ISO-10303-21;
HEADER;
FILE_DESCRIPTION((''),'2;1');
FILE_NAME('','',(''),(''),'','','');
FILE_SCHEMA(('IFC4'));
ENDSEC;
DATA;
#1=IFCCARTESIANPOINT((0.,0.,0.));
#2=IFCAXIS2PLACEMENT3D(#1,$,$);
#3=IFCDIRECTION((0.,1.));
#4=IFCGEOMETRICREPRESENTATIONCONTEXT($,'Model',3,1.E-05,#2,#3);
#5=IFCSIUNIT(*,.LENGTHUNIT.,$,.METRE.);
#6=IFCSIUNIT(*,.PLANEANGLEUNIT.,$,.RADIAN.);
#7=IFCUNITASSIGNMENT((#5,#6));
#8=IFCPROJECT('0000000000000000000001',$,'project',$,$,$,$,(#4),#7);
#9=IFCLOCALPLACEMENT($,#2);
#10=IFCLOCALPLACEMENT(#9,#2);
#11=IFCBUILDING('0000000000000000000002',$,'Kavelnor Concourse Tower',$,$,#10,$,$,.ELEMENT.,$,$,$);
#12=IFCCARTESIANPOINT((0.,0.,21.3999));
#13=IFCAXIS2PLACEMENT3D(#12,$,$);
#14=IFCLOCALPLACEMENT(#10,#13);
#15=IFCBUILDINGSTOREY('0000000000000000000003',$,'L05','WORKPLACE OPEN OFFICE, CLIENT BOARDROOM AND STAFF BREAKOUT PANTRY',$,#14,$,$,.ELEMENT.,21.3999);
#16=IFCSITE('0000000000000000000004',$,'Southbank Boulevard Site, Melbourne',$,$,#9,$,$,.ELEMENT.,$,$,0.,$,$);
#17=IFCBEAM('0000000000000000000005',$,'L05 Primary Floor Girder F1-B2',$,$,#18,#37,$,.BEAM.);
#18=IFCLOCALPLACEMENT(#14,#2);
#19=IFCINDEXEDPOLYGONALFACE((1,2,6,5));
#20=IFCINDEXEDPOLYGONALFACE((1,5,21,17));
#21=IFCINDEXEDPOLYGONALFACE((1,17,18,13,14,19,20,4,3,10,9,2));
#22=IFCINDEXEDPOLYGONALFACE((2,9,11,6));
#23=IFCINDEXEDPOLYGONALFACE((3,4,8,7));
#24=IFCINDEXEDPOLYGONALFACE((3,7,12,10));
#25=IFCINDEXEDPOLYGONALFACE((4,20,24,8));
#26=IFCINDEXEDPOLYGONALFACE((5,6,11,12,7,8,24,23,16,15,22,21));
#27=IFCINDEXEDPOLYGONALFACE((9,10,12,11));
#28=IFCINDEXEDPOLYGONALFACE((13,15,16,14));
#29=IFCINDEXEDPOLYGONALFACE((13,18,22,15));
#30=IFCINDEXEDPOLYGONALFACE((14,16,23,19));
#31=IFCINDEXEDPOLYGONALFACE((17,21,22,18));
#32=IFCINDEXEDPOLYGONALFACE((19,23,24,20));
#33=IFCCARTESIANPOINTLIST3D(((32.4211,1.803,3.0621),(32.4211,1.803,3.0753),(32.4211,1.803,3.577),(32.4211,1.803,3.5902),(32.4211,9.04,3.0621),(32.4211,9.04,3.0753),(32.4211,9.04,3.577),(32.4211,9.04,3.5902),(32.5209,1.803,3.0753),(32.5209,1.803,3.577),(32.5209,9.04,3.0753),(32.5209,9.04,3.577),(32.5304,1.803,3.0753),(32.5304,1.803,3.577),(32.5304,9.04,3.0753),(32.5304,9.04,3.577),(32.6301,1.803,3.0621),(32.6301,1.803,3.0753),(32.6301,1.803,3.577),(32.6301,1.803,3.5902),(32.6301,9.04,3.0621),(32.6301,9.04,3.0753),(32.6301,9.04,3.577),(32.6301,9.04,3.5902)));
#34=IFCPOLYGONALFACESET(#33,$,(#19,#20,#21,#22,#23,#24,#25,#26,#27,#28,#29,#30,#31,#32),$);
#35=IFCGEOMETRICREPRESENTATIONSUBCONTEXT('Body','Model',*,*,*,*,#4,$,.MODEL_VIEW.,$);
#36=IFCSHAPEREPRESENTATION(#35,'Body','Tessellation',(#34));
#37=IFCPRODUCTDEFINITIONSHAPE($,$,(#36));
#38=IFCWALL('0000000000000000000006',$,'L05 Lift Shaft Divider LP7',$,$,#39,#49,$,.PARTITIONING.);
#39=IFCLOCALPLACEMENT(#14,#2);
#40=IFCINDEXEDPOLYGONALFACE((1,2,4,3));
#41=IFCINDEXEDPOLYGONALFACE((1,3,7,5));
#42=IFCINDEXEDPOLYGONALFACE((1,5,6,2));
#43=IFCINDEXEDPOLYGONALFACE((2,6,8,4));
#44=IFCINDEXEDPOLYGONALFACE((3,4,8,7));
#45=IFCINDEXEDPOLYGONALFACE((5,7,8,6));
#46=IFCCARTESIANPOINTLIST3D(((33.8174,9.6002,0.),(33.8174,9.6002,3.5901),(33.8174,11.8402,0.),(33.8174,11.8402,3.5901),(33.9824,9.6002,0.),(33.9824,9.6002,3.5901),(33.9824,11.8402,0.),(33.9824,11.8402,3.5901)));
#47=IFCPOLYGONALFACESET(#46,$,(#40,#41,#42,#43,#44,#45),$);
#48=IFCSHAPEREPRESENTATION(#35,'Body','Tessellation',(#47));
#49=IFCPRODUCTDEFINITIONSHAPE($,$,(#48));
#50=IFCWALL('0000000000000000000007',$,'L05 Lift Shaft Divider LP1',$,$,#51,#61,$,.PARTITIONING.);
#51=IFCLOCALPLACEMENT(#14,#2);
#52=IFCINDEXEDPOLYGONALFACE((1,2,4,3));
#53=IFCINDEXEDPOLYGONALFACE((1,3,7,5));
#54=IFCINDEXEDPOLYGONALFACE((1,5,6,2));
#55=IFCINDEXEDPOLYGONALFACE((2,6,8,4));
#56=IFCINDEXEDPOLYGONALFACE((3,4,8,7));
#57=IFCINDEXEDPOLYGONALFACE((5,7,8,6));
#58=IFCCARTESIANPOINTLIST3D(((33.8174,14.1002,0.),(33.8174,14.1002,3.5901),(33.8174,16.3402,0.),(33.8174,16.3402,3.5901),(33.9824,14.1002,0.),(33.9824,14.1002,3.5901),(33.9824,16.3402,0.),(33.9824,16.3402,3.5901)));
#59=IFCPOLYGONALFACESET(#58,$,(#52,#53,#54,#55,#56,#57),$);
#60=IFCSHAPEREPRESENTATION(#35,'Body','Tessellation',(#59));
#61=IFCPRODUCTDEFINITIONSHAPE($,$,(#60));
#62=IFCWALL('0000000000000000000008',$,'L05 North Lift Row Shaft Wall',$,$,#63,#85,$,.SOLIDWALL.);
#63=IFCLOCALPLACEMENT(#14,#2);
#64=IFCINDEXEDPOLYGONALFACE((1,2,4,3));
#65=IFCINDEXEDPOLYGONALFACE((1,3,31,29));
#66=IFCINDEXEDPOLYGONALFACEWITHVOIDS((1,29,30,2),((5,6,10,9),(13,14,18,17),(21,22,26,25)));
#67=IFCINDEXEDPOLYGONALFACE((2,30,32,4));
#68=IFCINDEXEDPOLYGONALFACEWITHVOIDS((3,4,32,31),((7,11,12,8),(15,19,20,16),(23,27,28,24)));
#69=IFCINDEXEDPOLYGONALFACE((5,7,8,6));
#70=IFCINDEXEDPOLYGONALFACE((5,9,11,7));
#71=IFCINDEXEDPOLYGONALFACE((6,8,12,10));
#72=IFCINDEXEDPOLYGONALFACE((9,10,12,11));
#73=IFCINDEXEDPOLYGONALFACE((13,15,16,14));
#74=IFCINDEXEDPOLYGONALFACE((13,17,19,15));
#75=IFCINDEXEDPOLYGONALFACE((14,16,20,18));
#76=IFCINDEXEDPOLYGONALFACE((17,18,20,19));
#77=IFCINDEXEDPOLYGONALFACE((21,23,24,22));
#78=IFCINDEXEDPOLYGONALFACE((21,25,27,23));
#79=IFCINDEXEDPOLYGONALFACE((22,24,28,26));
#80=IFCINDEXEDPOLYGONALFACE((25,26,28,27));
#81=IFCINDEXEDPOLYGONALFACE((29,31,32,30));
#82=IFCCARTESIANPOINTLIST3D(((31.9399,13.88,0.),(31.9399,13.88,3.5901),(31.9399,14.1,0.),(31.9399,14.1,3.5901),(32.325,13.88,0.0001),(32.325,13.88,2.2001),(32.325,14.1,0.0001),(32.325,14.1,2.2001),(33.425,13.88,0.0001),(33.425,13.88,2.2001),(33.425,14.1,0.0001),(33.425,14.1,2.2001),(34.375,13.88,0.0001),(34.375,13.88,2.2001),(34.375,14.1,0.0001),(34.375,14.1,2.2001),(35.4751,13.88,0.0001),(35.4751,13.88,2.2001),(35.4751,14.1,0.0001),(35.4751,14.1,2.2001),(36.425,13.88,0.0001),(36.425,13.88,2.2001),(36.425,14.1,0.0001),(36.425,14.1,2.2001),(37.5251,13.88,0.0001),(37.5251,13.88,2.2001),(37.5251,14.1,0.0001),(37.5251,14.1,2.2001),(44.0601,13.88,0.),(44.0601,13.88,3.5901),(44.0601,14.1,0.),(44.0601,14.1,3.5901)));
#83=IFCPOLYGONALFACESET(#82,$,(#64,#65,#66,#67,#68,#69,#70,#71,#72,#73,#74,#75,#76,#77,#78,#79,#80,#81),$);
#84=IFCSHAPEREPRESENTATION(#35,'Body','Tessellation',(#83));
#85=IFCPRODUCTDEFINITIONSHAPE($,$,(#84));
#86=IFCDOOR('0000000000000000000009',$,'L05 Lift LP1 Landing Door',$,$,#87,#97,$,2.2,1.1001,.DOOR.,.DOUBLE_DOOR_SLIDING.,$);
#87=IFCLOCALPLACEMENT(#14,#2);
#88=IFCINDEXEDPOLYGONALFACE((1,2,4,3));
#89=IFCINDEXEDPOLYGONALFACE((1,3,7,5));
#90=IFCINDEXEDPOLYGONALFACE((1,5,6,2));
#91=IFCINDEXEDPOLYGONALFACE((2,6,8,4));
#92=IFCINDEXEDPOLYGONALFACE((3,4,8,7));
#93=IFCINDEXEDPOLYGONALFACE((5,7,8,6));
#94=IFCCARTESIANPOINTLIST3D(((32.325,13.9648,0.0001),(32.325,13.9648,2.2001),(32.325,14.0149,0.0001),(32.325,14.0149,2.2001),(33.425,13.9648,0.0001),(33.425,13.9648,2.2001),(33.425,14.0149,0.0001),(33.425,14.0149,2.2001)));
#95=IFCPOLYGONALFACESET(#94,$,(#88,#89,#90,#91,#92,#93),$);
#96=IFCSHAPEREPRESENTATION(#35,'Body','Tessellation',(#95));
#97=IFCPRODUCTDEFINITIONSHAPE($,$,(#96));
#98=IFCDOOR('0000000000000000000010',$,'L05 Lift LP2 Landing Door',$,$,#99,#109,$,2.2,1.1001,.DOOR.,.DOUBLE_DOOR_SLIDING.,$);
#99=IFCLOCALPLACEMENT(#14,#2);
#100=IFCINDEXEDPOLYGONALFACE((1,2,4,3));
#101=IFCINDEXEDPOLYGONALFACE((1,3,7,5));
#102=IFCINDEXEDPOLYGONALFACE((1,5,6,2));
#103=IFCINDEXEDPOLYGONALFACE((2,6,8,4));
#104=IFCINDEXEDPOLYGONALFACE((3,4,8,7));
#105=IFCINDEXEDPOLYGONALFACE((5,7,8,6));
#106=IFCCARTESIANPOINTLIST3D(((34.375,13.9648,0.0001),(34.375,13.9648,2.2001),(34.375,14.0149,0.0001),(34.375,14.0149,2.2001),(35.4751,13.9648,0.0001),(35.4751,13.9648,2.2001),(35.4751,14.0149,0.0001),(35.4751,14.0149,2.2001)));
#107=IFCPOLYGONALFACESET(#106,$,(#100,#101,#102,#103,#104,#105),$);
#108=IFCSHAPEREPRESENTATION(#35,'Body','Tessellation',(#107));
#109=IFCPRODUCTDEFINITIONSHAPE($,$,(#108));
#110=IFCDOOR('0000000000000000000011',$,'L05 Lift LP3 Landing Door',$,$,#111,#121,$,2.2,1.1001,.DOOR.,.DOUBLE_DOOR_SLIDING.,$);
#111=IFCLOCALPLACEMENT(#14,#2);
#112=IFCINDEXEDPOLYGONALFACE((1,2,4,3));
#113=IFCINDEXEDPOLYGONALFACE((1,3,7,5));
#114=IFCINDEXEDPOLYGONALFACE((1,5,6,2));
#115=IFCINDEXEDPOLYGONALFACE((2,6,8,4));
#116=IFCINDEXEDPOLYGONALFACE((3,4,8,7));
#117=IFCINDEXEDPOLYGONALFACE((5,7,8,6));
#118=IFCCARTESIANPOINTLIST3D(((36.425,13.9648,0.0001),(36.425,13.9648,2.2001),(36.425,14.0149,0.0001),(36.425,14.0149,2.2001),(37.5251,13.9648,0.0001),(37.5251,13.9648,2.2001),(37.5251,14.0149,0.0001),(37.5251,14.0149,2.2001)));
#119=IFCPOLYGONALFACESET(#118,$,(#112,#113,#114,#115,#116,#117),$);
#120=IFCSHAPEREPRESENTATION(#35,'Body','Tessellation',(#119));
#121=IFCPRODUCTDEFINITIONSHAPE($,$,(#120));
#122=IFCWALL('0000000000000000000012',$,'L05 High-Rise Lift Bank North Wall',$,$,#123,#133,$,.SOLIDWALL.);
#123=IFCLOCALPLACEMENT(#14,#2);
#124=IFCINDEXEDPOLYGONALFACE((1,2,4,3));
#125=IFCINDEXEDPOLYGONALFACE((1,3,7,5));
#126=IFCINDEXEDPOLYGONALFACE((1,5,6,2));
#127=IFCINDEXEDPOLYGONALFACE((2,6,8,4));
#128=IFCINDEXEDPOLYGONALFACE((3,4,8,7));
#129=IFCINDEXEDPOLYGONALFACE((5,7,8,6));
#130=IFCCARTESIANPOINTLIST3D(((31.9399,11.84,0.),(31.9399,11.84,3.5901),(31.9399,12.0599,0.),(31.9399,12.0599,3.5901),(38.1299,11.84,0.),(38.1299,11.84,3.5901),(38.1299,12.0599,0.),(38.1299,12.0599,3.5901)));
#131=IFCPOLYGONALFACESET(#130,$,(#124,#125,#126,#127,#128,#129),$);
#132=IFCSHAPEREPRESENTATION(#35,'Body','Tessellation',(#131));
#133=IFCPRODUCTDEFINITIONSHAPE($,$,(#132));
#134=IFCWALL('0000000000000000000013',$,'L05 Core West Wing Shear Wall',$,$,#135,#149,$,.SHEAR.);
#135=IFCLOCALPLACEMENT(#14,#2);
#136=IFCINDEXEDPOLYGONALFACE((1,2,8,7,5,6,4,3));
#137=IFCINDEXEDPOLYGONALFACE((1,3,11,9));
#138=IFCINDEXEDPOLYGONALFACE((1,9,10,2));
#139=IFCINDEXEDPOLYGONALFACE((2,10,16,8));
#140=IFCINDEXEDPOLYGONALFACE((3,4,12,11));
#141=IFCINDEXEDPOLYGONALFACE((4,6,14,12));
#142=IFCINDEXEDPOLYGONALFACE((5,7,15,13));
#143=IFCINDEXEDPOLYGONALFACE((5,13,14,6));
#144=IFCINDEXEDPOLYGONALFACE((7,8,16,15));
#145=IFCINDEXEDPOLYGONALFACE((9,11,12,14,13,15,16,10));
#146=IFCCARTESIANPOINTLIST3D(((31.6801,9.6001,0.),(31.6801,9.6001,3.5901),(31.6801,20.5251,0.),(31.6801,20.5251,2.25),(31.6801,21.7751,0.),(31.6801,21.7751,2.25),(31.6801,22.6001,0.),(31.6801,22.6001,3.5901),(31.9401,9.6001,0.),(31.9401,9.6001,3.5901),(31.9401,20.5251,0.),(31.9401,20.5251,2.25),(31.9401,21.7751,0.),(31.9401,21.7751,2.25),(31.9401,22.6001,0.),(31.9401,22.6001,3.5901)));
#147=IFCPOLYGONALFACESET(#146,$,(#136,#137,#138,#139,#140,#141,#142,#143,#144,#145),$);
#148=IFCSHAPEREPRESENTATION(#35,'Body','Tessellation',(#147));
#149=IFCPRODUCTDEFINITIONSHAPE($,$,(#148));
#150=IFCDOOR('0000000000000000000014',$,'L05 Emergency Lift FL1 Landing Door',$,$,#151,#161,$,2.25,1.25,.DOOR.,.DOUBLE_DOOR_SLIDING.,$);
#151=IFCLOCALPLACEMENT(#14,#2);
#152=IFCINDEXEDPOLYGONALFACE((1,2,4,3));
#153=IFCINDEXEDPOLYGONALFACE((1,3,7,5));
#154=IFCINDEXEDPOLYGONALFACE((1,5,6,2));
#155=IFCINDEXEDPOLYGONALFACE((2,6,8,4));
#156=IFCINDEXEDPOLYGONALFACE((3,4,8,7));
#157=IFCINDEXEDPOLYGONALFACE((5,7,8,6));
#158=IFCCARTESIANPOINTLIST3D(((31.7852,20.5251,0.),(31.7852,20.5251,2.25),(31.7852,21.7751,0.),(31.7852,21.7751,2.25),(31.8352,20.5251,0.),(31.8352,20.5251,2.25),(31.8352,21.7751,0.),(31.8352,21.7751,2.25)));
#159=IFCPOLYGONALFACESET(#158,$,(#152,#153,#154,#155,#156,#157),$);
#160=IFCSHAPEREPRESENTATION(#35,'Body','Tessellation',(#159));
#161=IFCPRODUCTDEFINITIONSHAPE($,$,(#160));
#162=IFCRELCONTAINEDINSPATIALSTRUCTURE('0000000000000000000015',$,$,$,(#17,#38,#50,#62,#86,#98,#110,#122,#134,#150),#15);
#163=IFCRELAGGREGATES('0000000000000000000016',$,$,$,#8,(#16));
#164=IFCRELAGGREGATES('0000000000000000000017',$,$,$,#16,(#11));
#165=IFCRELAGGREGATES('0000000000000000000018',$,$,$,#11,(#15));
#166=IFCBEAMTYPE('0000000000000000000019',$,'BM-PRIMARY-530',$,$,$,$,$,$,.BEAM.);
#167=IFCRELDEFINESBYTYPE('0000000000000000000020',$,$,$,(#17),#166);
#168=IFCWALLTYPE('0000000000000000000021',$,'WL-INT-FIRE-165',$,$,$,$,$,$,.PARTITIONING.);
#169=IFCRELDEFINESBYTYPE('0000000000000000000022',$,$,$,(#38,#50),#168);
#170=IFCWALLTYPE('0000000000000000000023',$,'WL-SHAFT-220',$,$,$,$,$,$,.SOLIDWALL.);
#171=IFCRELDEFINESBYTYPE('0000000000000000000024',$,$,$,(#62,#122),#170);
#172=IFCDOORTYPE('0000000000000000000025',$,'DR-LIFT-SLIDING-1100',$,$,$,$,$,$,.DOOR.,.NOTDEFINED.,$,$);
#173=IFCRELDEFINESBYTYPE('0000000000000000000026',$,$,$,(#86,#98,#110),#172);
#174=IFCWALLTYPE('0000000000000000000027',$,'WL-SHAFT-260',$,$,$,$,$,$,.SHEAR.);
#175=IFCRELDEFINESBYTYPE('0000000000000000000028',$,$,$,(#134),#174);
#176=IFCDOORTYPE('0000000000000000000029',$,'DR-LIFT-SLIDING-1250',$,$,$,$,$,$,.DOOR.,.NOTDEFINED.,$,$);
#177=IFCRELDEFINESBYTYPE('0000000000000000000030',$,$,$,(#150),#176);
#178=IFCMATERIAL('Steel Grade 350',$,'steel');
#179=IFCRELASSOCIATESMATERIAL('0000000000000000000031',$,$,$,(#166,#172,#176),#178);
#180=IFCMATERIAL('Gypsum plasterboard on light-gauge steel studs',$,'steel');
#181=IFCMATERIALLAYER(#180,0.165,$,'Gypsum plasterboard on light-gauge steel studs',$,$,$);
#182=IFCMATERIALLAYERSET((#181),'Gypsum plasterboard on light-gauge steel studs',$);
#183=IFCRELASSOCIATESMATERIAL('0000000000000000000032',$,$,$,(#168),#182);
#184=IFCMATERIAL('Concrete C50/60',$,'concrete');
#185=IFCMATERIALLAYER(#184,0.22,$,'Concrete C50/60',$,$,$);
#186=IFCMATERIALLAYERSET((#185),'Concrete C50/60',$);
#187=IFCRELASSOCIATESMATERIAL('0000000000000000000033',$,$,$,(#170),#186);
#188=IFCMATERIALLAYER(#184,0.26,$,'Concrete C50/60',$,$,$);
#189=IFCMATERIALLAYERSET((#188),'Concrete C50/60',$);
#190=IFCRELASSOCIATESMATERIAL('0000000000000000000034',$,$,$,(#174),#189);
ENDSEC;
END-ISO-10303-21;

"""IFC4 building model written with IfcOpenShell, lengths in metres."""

from ifc_helpers import new_model, si_unit, direction, frame, frame_2d, origin, origin_2d, place, context, subcontext, project, spatial, rectangle, i_section, extrude, material, layer, layer_set, material_profile, profile_set, type_object, element, fill, save


model = new_model("IFC4")

# Units and contexts
model_context = context("Model", 3, precision=1e-05, world=origin(), true_north=direction((0.0, 1.0)))
body_context = subcontext(model_context, "Body", "Model", "MODEL_VIEW")
ifc_project = project(units=[si_unit("LENGTHUNIT", "METRE"), si_unit("PLANEANGLEUNIT", "RADIAN")], contexts=[model_context])

# Site, building, storey
site_placement = place(None, origin())
site = spatial("IfcSite", under=ifc_project, at=site_placement, Name="Southbank Boulevard Site, Melbourne", CompositionType="ELEMENT", RefElevation=0.0)
building_placement = place(site_placement, origin())
building = spatial("IfcBuilding", under=site, at=building_placement, Name="Kavelnor Concourse Tower", CompositionType="ELEMENT")
storey_placement = place(building_placement, frame((0.0, 0.0, 21.3999)))
storey = spatial("IfcBuildingStorey", under=building, at=storey_placement, Name="L05", Description="WORKPLACE OPEN OFFICE, CLIENT BOARDROOM AND STAFF BREAKOUT PANTRY", CompositionType="ELEMENT", Elevation=21.3999)

# Beam
ifc_material_1 = material(Name="Steel Grade 350", Category="steel")
ifc_material_profile = material_profile(ifc_material_1, i_section(OverallWidth=0.209, OverallDepth=0.5281, WebThickness=0.0095, FlangeThickness=0.0132, at=origin_2d()), Name="530UB82")
ifc_profile_set = profile_set([ifc_material_profile], Name="Steel Grade 350")
beam_type = type_object("IfcBeamType", Name="BM-PRIMARY-530", PredefinedType="BEAM", material=ifc_profile_set)
beam_placement = place(storey_placement, frame((32.5256, 9.04, 3.3262), z_axis=(0.0, -1.0, 0.0), x_axis=(1.0, 0.0, 0.0)))
element("IfcBeam", 1, at=beam_placement, inside=storey, type_object=beam_type, Name="L05 Primary Floor Girder F1-B2", PredefinedType="BEAM", context=body_context, shape_type="SweptSolid", body=[
    extrude(i_section(OverallWidth=0.209, OverallDepth=0.5281, WebThickness=0.0095, FlangeThickness=0.0132, at=origin_2d()), origin(), (0.0, 0.0, 1.0), 7.2371),
])

# Walls
ifc_material_2 = material(Name="Gypsum plasterboard on light-gauge steel studs", Category="steel")
ifc_layer_1 = layer(ifc_material_2, 0.165, Name="Gypsum plasterboard on light-gauge steel studs")
ifc_layer_set_1 = layer_set([ifc_layer_1], Name="Gypsum plasterboard on light-gauge steel studs")
wall_type_1 = type_object("IfcWallType", Name="WL-INT-FIRE-165", PredefinedType="PARTITIONING", material=ifc_layer_set_1)
for number, where, z_axis, x_axis, name in (
    (2, (33.8999, 9.6001, 0.0), (0.0, 0.0, 1.0), (0.0, 1.0, 0.0), "L05 Lift Shaft Divider LP7"),
    (3, (33.8999, 14.1001, 0.0), (0.0, 0.0, 1.0), (0.0, 1.0, 0.0), "L05 Lift Shaft Divider LP1"),
):
    element("IfcWall", number, at=place(storey_placement, frame(where, z_axis=z_axis, x_axis=x_axis)), inside=storey, type_object=wall_type_1, Name=name, PredefinedType="PARTITIONING", context=body_context, shape_type="SweptSolid", body=[
        extrude(rectangle(XDim=2.24, YDim=0.165, at=frame_2d((1.1201, 0.0))), origin(), (0.0, 0.0, 1.0), 3.5901),
    ])

# Wall, openings, doors
ifc_material_3 = material(Name="Concrete C50/60", Category="concrete")
ifc_layer_2 = layer(ifc_material_3, 0.22, Name="Concrete C50/60")
ifc_layer_set_2 = layer_set([ifc_layer_2], Name="Concrete C50/60")
wall_type_2 = type_object("IfcWallType", Name="WL-SHAFT-220", PredefinedType="SOLIDWALL", material=ifc_layer_set_2)
wall_1_placement = place(storey_placement, frame((31.9399, 13.99, 0.0), z_axis=(0.0, 0.0, 1.0), x_axis=(1.0, 0.0, 0.0)))
wall_1 = element("IfcWall", 4, at=wall_1_placement, inside=storey, type_object=wall_type_2, Name="L05 North Lift Row Shaft Wall", PredefinedType="SOLIDWALL", context=body_context, shape_type="SweptSolid", body=[
    extrude(rectangle(XDim=12.1201, YDim=0.22, at=frame_2d((6.0601, 0.0))), origin(), (0.0, 0.0, 1.0), 3.5901),
])
opening_1_placement = place(wall_1_placement, frame((0.385, 0.0, 0.0)))
opening_1 = element("IfcOpeningElement", 5, at=opening_1_placement, cuts=wall_1, PredefinedType="OPENING", context=body_context, shape_type="SweptSolid", body=[
    extrude(rectangle(XDim=1.1001, YDim=2.2, at=frame_2d((0.55, 1.1001))), frame((0.0, 0.1201, 0.0), z_axis=(0.0, -1.0, 0.0), x_axis=(1.0, 0.0, 0.0)), (0.0, 0.0, 1.0), 0.24),
])
opening_2_placement = place(wall_1_placement, frame((2.4351, 0.0, 0.0)))
opening_2 = element("IfcOpeningElement", 6, at=opening_2_placement, cuts=wall_1, PredefinedType="OPENING", context=body_context, shape_type="SweptSolid", body=[
    extrude(rectangle(XDim=1.1001, YDim=2.2, at=frame_2d((0.55, 1.1001))), frame((0.0, 0.1201, 0.0), z_axis=(0.0, -1.0, 0.0), x_axis=(1.0, 0.0, 0.0)), (0.0, 0.0, 1.0), 0.24),
])
opening_3_placement = place(wall_1_placement, frame((4.4851, 0.0, 0.0)))
opening_3 = element("IfcOpeningElement", 7, at=opening_3_placement, cuts=wall_1, PredefinedType="OPENING", context=body_context, shape_type="SweptSolid", body=[
    extrude(rectangle(XDim=1.1001, YDim=2.2, at=frame_2d((0.55, 1.1001))), frame((0.0, 0.1201, 0.0), z_axis=(0.0, -1.0, 0.0), x_axis=(1.0, 0.0, 0.0)), (0.0, 0.0, 1.0), 0.24),
])
door_type_1 = type_object("IfcDoorType", Name="DR-LIFT-SLIDING-1100", OperationType="NOTDEFINED", PredefinedType="DOOR", material=ifc_material_1)
door_1_placement = place(opening_1_placement, origin())
door_1 = element("IfcDoor", 8, at=door_1_placement, inside=storey, type_object=door_type_1, Name="L05 Lift LP1 Landing Door", OperationType="DOUBLE_DOOR_SLIDING", OverallHeight=2.2, OverallWidth=1.1001, PredefinedType="DOOR", context=body_context, shape_type="SweptSolid", body=[
    extrude(rectangle(XDim=1.1001, YDim=2.2, at=frame_2d((0.55, 1.1001))), frame((0.0, 0.0249, 0.0), z_axis=(0.0, -1.0, 0.0), x_axis=(1.0, 0.0, 0.0)), (0.0, 0.0, 1.0), 0.05),
])
fill(opening_1, door_1)
door_2_placement = place(opening_2_placement, origin())
door_2 = element("IfcDoor", 9, at=door_2_placement, inside=storey, type_object=door_type_1, Name="L05 Lift LP2 Landing Door", OperationType="DOUBLE_DOOR_SLIDING", OverallHeight=2.2, OverallWidth=1.1001, PredefinedType="DOOR", context=body_context, shape_type="SweptSolid", body=[
    extrude(rectangle(XDim=1.1001, YDim=2.2, at=frame_2d((0.55, 1.1001))), frame((0.0, 0.0249, 0.0), z_axis=(0.0, -1.0, 0.0), x_axis=(1.0, 0.0, 0.0)), (0.0, 0.0, 1.0), 0.05),
])
fill(opening_2, door_2)
door_3_placement = place(opening_3_placement, origin())
door_3 = element("IfcDoor", 10, at=door_3_placement, inside=storey, type_object=door_type_1, Name="L05 Lift LP3 Landing Door", OperationType="DOUBLE_DOOR_SLIDING", OverallHeight=2.2, OverallWidth=1.1001, PredefinedType="DOOR", context=body_context, shape_type="SweptSolid", body=[
    extrude(rectangle(XDim=1.1001, YDim=2.2, at=frame_2d((0.55, 1.1001))), frame((0.0, 0.0249, 0.0), z_axis=(0.0, -1.0, 0.0), x_axis=(1.0, 0.0, 0.0)), (0.0, 0.0, 1.0), 0.05),
])
fill(opening_3, door_3)

# Wall
wall_2_placement = place(storey_placement, frame((31.9399, 11.95, 0.0), z_axis=(0.0, 0.0, 1.0), x_axis=(1.0, 0.0, 0.0)))
element("IfcWall", 11, at=wall_2_placement, inside=storey, type_object=wall_type_2, Name="L05 High-Rise Lift Bank North Wall", PredefinedType="SOLIDWALL", context=body_context, shape_type="SweptSolid", body=[
    extrude(rectangle(XDim=6.1899, YDim=0.22, at=frame_2d((3.095, 0.0))), origin(), (0.0, 0.0, 1.0), 3.5901),
])

# Wall, opening, door
ifc_layer_3 = layer(ifc_material_3, 0.26, Name="Concrete C50/60")
ifc_layer_set_3 = layer_set([ifc_layer_3], Name="Concrete C50/60")
wall_type_3 = type_object("IfcWallType", Name="WL-SHAFT-260", PredefinedType="SHEAR", material=ifc_layer_set_3)
wall_3_placement = place(storey_placement, frame((31.8101, 9.6001, 0.0), z_axis=(0.0, 0.0, 1.0), x_axis=(0.0, 1.0, 0.0)))
wall_3 = element("IfcWall", 12, at=wall_3_placement, inside=storey, type_object=wall_type_3, Name="L05 Core West Wing Shear Wall", PredefinedType="SHEAR", context=body_context, shape_type="SweptSolid", body=[
    extrude(rectangle(XDim=13.0, YDim=0.26, at=frame_2d((6.5, 0.0))), origin(), (0.0, 0.0, 1.0), 3.5901),
])
opening_4_placement = place(wall_3_placement, frame((10.925, 0.0, 0.0)))
opening_4 = element("IfcOpeningElement", 13, at=opening_4_placement, cuts=wall_3, PredefinedType="OPENING", context=body_context, shape_type="SweptSolid", body=[
    extrude(rectangle(XDim=1.25, YDim=2.25, at=frame_2d((0.625, 1.125))), frame((0.0, 0.1401, 0.0), z_axis=(0.0, -1.0, 0.0), x_axis=(1.0, 0.0, 0.0)), (0.0, 0.0, 1.0), 0.28),
])
door_type_2 = type_object("IfcDoorType", Name="DR-LIFT-SLIDING-1250", OperationType="NOTDEFINED", PredefinedType="DOOR", material=ifc_material_1)
door_4_placement = place(opening_4_placement, origin())
door_4 = element("IfcDoor", 14, at=door_4_placement, inside=storey, type_object=door_type_2, Name="L05 Emergency Lift FL1 Landing Door", OperationType="DOUBLE_DOOR_SLIDING", OverallHeight=2.25, OverallWidth=1.25, PredefinedType="DOOR", context=body_context, shape_type="SweptSolid", body=[
    extrude(rectangle(XDim=1.25, YDim=2.25, at=frame_2d((0.625, 1.125))), frame((0.0, 0.0249, 0.0), z_axis=(0.0, -1.0, 0.0), x_axis=(1.0, 0.0, 0.0)), (0.0, 0.0, 1.0), 0.05),
])
fill(opening_4, door_4)

save(model, "model.ifc")
